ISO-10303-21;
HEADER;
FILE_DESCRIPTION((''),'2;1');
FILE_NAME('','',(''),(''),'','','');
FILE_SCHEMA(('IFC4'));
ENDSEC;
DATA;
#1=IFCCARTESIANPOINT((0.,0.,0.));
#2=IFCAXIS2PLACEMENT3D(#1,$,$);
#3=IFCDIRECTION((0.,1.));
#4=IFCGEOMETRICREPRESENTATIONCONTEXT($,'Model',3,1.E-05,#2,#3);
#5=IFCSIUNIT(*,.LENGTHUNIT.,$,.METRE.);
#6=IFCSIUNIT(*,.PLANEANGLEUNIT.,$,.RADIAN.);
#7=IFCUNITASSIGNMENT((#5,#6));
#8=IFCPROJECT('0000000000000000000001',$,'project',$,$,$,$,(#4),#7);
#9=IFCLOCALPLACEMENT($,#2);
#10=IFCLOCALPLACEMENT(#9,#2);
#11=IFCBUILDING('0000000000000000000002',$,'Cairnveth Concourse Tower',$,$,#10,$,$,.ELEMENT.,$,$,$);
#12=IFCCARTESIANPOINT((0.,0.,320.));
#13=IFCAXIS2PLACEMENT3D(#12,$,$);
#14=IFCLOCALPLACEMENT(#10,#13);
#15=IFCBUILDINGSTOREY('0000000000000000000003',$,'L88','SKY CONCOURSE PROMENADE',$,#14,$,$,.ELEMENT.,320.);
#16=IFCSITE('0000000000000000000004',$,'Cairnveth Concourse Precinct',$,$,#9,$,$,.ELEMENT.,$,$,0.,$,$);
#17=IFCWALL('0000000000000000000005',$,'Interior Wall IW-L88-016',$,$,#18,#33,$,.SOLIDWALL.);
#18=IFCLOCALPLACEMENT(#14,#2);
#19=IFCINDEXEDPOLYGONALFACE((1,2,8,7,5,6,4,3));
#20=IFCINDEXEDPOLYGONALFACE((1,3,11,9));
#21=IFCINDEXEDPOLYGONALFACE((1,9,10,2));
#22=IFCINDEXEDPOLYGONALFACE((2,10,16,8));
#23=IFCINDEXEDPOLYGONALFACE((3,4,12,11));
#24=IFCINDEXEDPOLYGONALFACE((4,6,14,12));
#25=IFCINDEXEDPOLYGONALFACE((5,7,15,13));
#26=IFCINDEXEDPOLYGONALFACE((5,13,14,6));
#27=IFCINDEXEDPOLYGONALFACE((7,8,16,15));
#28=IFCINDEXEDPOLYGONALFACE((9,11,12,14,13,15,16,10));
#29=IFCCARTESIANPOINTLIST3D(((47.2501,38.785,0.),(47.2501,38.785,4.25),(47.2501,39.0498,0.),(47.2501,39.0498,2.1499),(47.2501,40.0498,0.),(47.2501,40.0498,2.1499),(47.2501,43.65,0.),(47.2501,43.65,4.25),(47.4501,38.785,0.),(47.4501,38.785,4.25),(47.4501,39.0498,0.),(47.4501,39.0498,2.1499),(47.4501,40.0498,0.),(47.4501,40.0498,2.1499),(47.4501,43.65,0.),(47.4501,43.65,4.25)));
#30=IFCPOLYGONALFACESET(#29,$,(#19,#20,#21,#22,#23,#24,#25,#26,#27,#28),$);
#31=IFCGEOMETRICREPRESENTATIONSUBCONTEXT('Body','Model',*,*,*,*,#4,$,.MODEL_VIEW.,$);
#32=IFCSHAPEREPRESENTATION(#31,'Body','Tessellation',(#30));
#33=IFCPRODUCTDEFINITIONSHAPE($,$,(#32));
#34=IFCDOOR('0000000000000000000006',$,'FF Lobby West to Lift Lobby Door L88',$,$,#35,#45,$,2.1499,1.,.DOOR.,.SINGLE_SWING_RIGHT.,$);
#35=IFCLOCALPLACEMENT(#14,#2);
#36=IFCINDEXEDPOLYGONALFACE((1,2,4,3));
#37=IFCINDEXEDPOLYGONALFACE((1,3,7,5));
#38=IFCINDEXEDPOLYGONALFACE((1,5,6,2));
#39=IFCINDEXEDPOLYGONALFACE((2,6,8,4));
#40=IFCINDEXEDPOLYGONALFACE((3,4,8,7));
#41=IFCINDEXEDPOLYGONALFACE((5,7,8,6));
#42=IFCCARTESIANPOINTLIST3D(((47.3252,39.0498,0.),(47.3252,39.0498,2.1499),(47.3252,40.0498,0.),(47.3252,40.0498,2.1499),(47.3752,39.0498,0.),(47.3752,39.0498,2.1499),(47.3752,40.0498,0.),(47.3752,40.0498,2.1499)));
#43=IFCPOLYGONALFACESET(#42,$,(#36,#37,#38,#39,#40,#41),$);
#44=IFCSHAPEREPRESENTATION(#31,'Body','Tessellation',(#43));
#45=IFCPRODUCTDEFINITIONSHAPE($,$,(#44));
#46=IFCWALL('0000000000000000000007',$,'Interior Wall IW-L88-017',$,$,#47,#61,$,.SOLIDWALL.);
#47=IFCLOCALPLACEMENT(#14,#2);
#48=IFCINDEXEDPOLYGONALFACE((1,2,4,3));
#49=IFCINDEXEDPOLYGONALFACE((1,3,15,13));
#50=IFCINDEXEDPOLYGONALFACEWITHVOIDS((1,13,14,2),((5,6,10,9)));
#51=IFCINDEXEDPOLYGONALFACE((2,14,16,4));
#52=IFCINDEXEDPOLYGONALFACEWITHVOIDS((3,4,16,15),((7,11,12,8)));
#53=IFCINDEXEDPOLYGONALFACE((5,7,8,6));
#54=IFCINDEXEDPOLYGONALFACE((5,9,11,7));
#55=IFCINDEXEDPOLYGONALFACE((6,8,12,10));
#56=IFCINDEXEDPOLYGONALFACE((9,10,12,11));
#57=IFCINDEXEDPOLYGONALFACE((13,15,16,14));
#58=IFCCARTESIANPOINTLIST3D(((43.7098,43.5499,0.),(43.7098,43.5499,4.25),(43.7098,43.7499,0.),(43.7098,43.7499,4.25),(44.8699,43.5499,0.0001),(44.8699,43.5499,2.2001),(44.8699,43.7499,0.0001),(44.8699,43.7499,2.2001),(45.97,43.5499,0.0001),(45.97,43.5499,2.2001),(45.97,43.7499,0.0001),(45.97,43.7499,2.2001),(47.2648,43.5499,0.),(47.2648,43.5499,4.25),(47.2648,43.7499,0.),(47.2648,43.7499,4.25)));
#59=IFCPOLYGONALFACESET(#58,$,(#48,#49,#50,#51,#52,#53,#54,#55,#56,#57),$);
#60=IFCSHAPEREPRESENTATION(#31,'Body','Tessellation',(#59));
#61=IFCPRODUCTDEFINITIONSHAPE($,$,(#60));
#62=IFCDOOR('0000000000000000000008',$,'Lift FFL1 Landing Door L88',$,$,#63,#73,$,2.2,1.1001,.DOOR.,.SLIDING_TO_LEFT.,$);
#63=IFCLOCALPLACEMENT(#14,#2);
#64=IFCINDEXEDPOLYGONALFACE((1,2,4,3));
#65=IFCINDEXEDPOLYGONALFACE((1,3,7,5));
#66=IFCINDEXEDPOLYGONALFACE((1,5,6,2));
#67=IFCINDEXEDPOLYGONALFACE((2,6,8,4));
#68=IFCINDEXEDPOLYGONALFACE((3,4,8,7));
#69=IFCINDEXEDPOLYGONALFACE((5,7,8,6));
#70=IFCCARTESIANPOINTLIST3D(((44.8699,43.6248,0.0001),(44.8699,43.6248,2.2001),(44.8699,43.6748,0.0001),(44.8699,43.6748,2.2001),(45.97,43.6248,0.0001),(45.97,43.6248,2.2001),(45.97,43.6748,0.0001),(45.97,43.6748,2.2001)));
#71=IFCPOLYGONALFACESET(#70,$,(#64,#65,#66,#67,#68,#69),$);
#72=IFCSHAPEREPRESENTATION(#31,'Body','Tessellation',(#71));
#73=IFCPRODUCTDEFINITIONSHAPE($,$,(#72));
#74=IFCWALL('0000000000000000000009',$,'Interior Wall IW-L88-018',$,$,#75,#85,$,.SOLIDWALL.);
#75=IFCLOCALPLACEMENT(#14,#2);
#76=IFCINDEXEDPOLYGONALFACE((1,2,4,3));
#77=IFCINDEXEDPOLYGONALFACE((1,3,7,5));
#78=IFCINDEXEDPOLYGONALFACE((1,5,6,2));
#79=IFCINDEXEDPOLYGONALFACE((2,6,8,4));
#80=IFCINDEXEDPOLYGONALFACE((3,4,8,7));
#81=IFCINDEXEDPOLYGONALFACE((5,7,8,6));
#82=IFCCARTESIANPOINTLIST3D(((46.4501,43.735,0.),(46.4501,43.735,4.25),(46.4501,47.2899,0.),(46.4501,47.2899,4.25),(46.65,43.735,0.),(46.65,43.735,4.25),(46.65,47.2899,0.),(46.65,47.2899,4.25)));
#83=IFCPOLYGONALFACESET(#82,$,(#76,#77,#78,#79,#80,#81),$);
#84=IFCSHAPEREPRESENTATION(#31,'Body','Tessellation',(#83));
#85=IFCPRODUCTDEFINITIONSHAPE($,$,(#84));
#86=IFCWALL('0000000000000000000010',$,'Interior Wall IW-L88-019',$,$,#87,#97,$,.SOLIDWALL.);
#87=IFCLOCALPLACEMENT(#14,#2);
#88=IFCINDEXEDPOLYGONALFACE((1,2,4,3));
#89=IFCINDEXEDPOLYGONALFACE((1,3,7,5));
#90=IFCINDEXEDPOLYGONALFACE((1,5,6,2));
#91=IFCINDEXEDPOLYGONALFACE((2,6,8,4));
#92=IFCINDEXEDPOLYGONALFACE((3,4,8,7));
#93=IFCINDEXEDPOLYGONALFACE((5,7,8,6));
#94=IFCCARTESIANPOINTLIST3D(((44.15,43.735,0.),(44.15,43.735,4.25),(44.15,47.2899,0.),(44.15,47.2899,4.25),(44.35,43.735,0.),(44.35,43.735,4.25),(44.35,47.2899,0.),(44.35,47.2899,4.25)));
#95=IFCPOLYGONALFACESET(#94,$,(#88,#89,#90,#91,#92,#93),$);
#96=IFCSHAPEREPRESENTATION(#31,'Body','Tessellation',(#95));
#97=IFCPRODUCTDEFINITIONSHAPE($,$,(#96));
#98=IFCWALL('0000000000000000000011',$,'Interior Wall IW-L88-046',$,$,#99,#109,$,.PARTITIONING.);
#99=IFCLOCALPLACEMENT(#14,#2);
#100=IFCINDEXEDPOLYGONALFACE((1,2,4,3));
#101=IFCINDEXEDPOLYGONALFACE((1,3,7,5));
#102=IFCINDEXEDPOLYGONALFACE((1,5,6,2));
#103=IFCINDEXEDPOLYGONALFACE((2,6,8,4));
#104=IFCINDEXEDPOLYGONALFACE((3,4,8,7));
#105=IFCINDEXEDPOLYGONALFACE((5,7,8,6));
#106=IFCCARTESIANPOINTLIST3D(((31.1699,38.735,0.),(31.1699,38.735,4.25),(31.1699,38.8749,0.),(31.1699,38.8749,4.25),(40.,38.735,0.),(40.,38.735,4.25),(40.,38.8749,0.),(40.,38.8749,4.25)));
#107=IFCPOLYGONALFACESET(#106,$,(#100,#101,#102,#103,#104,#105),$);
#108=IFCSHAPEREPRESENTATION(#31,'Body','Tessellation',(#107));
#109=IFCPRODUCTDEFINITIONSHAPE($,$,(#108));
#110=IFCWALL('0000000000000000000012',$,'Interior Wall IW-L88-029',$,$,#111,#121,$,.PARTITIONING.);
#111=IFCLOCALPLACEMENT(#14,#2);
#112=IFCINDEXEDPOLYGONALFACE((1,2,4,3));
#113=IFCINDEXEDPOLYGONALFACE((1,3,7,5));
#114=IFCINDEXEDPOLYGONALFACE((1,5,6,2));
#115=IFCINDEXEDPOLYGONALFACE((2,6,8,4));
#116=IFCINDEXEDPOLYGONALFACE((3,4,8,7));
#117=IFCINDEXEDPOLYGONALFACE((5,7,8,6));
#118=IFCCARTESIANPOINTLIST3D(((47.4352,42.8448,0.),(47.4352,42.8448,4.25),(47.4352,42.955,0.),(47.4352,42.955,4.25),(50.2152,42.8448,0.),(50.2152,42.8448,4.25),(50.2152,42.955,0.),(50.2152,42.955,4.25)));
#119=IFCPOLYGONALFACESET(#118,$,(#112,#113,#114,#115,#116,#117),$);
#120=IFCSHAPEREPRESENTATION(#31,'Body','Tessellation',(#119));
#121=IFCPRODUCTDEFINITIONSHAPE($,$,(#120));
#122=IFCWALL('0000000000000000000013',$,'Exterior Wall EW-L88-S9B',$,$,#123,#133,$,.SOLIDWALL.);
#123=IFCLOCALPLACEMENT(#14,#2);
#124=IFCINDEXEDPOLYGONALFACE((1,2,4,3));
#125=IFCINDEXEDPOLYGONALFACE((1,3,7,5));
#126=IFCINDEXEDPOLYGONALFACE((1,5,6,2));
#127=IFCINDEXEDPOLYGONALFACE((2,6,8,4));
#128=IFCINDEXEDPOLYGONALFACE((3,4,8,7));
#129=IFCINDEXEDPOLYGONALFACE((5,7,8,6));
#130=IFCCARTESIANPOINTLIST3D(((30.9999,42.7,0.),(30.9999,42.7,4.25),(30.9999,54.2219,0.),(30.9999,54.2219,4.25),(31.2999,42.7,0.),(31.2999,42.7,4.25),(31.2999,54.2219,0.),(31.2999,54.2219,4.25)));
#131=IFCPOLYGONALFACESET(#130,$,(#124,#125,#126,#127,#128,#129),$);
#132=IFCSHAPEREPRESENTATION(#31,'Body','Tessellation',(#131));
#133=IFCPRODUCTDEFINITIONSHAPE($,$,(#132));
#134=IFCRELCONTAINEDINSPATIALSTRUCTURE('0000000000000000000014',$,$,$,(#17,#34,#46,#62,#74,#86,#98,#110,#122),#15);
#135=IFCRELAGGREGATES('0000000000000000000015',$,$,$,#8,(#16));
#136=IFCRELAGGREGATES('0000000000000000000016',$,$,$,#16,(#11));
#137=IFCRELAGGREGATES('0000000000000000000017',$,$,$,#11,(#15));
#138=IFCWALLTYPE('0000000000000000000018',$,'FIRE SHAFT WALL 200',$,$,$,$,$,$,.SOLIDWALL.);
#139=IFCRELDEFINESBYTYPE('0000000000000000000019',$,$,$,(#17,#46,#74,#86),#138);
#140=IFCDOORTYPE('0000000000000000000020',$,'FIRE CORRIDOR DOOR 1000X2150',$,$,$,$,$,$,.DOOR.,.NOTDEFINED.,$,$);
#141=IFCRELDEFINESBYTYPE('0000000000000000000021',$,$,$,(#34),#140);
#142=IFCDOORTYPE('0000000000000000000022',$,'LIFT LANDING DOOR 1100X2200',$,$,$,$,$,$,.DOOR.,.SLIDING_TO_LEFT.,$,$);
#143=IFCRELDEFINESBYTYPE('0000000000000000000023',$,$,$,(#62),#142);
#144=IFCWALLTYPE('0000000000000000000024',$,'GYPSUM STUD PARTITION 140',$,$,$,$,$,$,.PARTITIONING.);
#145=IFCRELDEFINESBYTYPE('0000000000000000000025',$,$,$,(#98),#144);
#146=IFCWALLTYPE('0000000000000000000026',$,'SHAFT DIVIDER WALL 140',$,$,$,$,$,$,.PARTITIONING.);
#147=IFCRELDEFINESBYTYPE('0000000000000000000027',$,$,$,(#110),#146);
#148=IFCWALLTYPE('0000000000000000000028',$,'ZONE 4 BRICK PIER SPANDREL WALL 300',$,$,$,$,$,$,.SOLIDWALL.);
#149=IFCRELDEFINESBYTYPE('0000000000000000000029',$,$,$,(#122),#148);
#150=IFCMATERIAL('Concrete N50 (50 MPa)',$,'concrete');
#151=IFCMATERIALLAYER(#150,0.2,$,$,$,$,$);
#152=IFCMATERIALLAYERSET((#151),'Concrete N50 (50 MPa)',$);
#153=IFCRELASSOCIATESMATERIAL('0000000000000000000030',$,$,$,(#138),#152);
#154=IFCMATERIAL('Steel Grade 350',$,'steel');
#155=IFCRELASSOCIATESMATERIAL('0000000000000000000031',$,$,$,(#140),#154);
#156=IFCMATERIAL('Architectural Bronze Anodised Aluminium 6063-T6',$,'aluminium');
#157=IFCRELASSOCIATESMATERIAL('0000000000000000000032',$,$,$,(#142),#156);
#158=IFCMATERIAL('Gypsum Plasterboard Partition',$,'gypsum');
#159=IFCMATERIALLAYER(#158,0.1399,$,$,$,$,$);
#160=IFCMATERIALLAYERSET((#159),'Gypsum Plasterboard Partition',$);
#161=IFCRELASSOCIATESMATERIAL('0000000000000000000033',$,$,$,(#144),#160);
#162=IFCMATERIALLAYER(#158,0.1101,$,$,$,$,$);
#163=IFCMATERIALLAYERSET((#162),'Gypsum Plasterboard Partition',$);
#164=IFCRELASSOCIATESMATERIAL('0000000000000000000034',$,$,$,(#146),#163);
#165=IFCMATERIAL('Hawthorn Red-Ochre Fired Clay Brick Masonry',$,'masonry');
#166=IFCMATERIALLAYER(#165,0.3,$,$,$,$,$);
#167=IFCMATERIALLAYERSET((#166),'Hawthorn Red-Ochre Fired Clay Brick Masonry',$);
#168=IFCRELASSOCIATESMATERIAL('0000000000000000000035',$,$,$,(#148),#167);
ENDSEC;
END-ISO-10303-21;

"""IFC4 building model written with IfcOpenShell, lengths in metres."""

from ifc_helpers import new_model, si_unit, direction, frame, frame_2d, origin, place, context, subcontext, project, spatial, rectangle, extrude, material, layer, layer_set, type_object, element, fill, save


model = new_model("IFC4")

# Units and contexts
model_context = context("Model", 3, precision=1e-05, world=origin(), true_north=direction((0.0, 1.0)))
body_context = subcontext(model_context, "Body", "Model", "MODEL_VIEW")
ifc_project = project(units=[si_unit("LENGTHUNIT", "METRE"), si_unit("PLANEANGLEUNIT", "RADIAN")], contexts=[model_context])

# Site, building, storey
site_placement = place(None, origin())
site = spatial("IfcSite", under=ifc_project, at=site_placement, Name="Cairnveth Concourse Precinct", CompositionType="ELEMENT", RefElevation=0.0)
building_placement = place(site_placement, origin())
building = spatial("IfcBuilding", under=site, at=building_placement, Name="Cairnveth Concourse Tower", CompositionType="ELEMENT")
storey_placement = place(building_placement, frame((0.0, 0.0, 320.0)))
storey = spatial("IfcBuildingStorey", under=building, at=storey_placement, Name="L88", Description="SKY CONCOURSE PROMENADE", CompositionType="ELEMENT", Elevation=320.0)

# Shared definitions
ifc_material_1 = material(Name="Concrete N50 (50 MPa)", Category="concrete")

# Shared definitions
ifc_material_2 = material(Name="Steel Grade 350", Category="steel")

# Shared definitions
ifc_layer_1 = layer(ifc_material_1, 0.2)
ifc_layer_set_1 = layer_set([ifc_layer_1], Name="Concrete N50 (50 MPa)")
wall_type_1 = type_object("IfcWallType", Name="FIRE SHAFT WALL 200", PredefinedType="SOLIDWALL", material=ifc_layer_set_1)

# Walls, openings, doors
wall_1_placement = place(storey_placement, frame((47.3501, 38.7849, 0.0), z_axis=(0.0, 0.0, 1.0), x_axis=(0.0, 1.0, 0.0)))
wall_1 = element("IfcWall", 1, at=wall_1_placement, inside=storey, type_object=wall_type_1, Name="Interior Wall IW-L88-016", PredefinedType="SOLIDWALL", context=body_context, shape_type="SweptSolid", body=[
    extrude(rectangle(XDim=4.865, YDim=0.2, at=frame_2d((2.4326, 0.0))), origin(), (0.0, 0.0, 1.0), 4.25),
])
opening_1_placement = place(wall_1_placement, frame((0.2649, 0.0, 0.0)))
opening_1 = element("IfcOpeningElement", 2, at=opening_1_placement, cuts=wall_1, PredefinedType="OPENING", context=body_context, shape_type="SweptSolid", body=[
    extrude(rectangle(XDim=1.0, YDim=2.1499, at=frame_2d((0.5, 1.075))), frame((0.0, 0.1099, 0.0), z_axis=(0.0, -1.0, 0.0), x_axis=(1.0, 0.0, 0.0)), (0.0, 0.0, 1.0), 0.22),
])
door_type_1 = type_object("IfcDoorType", Name="FIRE CORRIDOR DOOR 1000X2150", OperationType="NOTDEFINED", PredefinedType="DOOR", material=ifc_material_2)
door_1_placement = place(opening_1_placement, origin())
door_1 = element("IfcDoor", 3, at=door_1_placement, inside=storey, type_object=door_type_1, Name="FF Lobby West to Lift Lobby Door L88", OperationType="SINGLE_SWING_RIGHT", OverallHeight=2.1499, OverallWidth=1.0, PredefinedType="DOOR", context=body_context, shape_type="SweptSolid", body=[
    extrude(rectangle(XDim=1.0, YDim=2.1499, at=frame_2d((0.5, 1.075))), frame((0.0, 0.0249, 0.0), z_axis=(0.0, -1.0, 0.0), x_axis=(1.0, 0.0, 0.0)), (0.0, 0.0, 1.0), 0.05),
])
fill(opening_1, door_1)
wall_2_placement = place(storey_placement, frame((43.71, 43.6499, 0.0), z_axis=(0.0, 0.0, 1.0), x_axis=(1.0, 0.0, 0.0)))
wall_2 = element("IfcWall", 4, at=wall_2_placement, inside=storey, type_object=wall_type_1, Name="Interior Wall IW-L88-017", PredefinedType="SOLIDWALL", context=body_context, shape_type="SweptSolid", body=[
    extrude(rectangle(XDim=3.5549, YDim=0.2, at=frame_2d((1.7773, 0.0))), origin(), (0.0, 0.0, 1.0), 4.25),
])
opening_2_placement = place(wall_2_placement, frame((1.1599, 0.0, 0.0)))
opening_2 = element("IfcOpeningElement", 5, at=opening_2_placement, cuts=wall_2, PredefinedType="OPENING", context=body_context, shape_type="SweptSolid", body=[
    extrude(rectangle(XDim=1.1001, YDim=2.2, at=frame_2d((0.55, 1.1001))), frame((0.0, 0.1099, 0.0), z_axis=(0.0, -1.0, 0.0), x_axis=(1.0, 0.0, 0.0)), (0.0, 0.0, 1.0), 0.22),
])
ifc_material_3 = material(Name="Architectural Bronze Anodised Aluminium 6063-T6", Category="aluminium")
door_type_2 = type_object("IfcDoorType", Name="LIFT LANDING DOOR 1100X2200", OperationType="SLIDING_TO_LEFT", PredefinedType="DOOR", material=ifc_material_3)
door_2_placement = place(opening_2_placement, origin())
door_2 = element("IfcDoor", 6, at=door_2_placement, inside=storey, type_object=door_type_2, Name="Lift FFL1 Landing Door L88", OperationType="SLIDING_TO_LEFT", OverallHeight=2.2, OverallWidth=1.1001, PredefinedType="DOOR", context=body_context, shape_type="SweptSolid", body=[
    extrude(rectangle(XDim=1.1001, YDim=2.2, at=frame_2d((0.55, 1.1001))), frame((0.0, 0.0249, 0.0), z_axis=(0.0, -1.0, 0.0), x_axis=(1.0, 0.0, 0.0)), (0.0, 0.0, 1.0), 0.05),
])
fill(opening_2, door_2)

# Walls
for number, where, z_axis, x_axis, name in (
    (7, (46.55, 43.7351, 0.0), (0.0, 0.0, 1.0), (0.0, 1.0, 0.0), "Interior Wall IW-L88-018"),
    (8, (44.25, 43.7351, 0.0), (0.0, 0.0, 1.0), (0.0, 1.0, 0.0), "Interior Wall IW-L88-019"),
):
    element("IfcWall", number, at=place(storey_placement, frame(where, z_axis=z_axis, x_axis=x_axis)), inside=storey, type_object=wall_type_1, Name=name, PredefinedType="SOLIDWALL", context=body_context, shape_type="SweptSolid", body=[
        extrude(rectangle(XDim=3.5549, YDim=0.2, at=frame_2d((1.7773, 0.0))), origin(), (0.0, 0.0, 1.0), 4.25),
    ])
ifc_material_4 = material(Name="Gypsum Plasterboard Partition", Category="gypsum")
ifc_layer_2 = layer(ifc_material_4, 0.1399)
ifc_layer_set_2 = layer_set([ifc_layer_2], Name="Gypsum Plasterboard Partition")
wall_type_2 = type_object("IfcWallType", Name="GYPSUM STUD PARTITION 140", PredefinedType="PARTITIONING", material=ifc_layer_set_2)
wall_3_placement = place(storey_placement, frame((31.1699, 38.8049, 0.0), z_axis=(0.0, 0.0, 1.0), x_axis=(1.0, 0.0, 0.0)))
element("IfcWall", 9, at=wall_3_placement, inside=storey, type_object=wall_type_2, Name="Interior Wall IW-L88-046", PredefinedType="PARTITIONING", context=body_context, shape_type="SweptSolid", body=[
    extrude(rectangle(XDim=8.8301, YDim=0.1399, at=frame_2d((4.415, 0.0))), origin(), (0.0, 0.0, 1.0), 4.25),
])
ifc_layer_3 = layer(ifc_material_4, 0.1101)
ifc_layer_set_3 = layer_set([ifc_layer_3], Name="Gypsum Plasterboard Partition")
wall_type_3 = type_object("IfcWallType", Name="SHAFT DIVIDER WALL 140", PredefinedType="PARTITIONING", material=ifc_layer_set_3)
wall_4_placement = place(storey_placement, frame((47.4351, 42.8999, 0.0), z_axis=(0.0, 0.0, 1.0), x_axis=(1.0, 0.0, 0.0)))
element("IfcWall", 10, at=wall_4_placement, inside=storey, type_object=wall_type_3, Name="Interior Wall IW-L88-029", PredefinedType="PARTITIONING", context=body_context, shape_type="SweptSolid", body=[
    extrude(rectangle(XDim=2.78, YDim=0.1101, at=frame_2d((1.3901, 0.0))), origin(), (0.0, 0.0, 1.0), 4.25),
])
ifc_material_5 = material(Name="Hawthorn Red-Ochre Fired Clay Brick Masonry", Category="masonry")
ifc_layer_4 = layer(ifc_material_5, 0.3)
ifc_layer_set_4 = layer_set([ifc_layer_4], Name="Hawthorn Red-Ochre Fired Clay Brick Masonry")
wall_type_4 = type_object("IfcWallType", Name="ZONE 4 BRICK PIER SPANDREL WALL 300", PredefinedType="SOLIDWALL", material=ifc_layer_set_4)
wall_5_placement = place(storey_placement, frame((31.1499, 42.7, 0.0), z_axis=(0.0, 0.0, 1.0), x_axis=(0.0, 1.0, 0.0)))
element("IfcWall", 11, at=wall_5_placement, inside=storey, type_object=wall_type_4, Name="Exterior Wall EW-L88-S9B", PredefinedType="SOLIDWALL", context=body_context, shape_type="SweptSolid", body=[
    extrude(rectangle(XDim=11.522, YDim=0.3, at=frame_2d((5.761, 0.0))), origin(), (0.0, 0.0, 1.0), 4.25),
])

save(model, "model.ifc")
